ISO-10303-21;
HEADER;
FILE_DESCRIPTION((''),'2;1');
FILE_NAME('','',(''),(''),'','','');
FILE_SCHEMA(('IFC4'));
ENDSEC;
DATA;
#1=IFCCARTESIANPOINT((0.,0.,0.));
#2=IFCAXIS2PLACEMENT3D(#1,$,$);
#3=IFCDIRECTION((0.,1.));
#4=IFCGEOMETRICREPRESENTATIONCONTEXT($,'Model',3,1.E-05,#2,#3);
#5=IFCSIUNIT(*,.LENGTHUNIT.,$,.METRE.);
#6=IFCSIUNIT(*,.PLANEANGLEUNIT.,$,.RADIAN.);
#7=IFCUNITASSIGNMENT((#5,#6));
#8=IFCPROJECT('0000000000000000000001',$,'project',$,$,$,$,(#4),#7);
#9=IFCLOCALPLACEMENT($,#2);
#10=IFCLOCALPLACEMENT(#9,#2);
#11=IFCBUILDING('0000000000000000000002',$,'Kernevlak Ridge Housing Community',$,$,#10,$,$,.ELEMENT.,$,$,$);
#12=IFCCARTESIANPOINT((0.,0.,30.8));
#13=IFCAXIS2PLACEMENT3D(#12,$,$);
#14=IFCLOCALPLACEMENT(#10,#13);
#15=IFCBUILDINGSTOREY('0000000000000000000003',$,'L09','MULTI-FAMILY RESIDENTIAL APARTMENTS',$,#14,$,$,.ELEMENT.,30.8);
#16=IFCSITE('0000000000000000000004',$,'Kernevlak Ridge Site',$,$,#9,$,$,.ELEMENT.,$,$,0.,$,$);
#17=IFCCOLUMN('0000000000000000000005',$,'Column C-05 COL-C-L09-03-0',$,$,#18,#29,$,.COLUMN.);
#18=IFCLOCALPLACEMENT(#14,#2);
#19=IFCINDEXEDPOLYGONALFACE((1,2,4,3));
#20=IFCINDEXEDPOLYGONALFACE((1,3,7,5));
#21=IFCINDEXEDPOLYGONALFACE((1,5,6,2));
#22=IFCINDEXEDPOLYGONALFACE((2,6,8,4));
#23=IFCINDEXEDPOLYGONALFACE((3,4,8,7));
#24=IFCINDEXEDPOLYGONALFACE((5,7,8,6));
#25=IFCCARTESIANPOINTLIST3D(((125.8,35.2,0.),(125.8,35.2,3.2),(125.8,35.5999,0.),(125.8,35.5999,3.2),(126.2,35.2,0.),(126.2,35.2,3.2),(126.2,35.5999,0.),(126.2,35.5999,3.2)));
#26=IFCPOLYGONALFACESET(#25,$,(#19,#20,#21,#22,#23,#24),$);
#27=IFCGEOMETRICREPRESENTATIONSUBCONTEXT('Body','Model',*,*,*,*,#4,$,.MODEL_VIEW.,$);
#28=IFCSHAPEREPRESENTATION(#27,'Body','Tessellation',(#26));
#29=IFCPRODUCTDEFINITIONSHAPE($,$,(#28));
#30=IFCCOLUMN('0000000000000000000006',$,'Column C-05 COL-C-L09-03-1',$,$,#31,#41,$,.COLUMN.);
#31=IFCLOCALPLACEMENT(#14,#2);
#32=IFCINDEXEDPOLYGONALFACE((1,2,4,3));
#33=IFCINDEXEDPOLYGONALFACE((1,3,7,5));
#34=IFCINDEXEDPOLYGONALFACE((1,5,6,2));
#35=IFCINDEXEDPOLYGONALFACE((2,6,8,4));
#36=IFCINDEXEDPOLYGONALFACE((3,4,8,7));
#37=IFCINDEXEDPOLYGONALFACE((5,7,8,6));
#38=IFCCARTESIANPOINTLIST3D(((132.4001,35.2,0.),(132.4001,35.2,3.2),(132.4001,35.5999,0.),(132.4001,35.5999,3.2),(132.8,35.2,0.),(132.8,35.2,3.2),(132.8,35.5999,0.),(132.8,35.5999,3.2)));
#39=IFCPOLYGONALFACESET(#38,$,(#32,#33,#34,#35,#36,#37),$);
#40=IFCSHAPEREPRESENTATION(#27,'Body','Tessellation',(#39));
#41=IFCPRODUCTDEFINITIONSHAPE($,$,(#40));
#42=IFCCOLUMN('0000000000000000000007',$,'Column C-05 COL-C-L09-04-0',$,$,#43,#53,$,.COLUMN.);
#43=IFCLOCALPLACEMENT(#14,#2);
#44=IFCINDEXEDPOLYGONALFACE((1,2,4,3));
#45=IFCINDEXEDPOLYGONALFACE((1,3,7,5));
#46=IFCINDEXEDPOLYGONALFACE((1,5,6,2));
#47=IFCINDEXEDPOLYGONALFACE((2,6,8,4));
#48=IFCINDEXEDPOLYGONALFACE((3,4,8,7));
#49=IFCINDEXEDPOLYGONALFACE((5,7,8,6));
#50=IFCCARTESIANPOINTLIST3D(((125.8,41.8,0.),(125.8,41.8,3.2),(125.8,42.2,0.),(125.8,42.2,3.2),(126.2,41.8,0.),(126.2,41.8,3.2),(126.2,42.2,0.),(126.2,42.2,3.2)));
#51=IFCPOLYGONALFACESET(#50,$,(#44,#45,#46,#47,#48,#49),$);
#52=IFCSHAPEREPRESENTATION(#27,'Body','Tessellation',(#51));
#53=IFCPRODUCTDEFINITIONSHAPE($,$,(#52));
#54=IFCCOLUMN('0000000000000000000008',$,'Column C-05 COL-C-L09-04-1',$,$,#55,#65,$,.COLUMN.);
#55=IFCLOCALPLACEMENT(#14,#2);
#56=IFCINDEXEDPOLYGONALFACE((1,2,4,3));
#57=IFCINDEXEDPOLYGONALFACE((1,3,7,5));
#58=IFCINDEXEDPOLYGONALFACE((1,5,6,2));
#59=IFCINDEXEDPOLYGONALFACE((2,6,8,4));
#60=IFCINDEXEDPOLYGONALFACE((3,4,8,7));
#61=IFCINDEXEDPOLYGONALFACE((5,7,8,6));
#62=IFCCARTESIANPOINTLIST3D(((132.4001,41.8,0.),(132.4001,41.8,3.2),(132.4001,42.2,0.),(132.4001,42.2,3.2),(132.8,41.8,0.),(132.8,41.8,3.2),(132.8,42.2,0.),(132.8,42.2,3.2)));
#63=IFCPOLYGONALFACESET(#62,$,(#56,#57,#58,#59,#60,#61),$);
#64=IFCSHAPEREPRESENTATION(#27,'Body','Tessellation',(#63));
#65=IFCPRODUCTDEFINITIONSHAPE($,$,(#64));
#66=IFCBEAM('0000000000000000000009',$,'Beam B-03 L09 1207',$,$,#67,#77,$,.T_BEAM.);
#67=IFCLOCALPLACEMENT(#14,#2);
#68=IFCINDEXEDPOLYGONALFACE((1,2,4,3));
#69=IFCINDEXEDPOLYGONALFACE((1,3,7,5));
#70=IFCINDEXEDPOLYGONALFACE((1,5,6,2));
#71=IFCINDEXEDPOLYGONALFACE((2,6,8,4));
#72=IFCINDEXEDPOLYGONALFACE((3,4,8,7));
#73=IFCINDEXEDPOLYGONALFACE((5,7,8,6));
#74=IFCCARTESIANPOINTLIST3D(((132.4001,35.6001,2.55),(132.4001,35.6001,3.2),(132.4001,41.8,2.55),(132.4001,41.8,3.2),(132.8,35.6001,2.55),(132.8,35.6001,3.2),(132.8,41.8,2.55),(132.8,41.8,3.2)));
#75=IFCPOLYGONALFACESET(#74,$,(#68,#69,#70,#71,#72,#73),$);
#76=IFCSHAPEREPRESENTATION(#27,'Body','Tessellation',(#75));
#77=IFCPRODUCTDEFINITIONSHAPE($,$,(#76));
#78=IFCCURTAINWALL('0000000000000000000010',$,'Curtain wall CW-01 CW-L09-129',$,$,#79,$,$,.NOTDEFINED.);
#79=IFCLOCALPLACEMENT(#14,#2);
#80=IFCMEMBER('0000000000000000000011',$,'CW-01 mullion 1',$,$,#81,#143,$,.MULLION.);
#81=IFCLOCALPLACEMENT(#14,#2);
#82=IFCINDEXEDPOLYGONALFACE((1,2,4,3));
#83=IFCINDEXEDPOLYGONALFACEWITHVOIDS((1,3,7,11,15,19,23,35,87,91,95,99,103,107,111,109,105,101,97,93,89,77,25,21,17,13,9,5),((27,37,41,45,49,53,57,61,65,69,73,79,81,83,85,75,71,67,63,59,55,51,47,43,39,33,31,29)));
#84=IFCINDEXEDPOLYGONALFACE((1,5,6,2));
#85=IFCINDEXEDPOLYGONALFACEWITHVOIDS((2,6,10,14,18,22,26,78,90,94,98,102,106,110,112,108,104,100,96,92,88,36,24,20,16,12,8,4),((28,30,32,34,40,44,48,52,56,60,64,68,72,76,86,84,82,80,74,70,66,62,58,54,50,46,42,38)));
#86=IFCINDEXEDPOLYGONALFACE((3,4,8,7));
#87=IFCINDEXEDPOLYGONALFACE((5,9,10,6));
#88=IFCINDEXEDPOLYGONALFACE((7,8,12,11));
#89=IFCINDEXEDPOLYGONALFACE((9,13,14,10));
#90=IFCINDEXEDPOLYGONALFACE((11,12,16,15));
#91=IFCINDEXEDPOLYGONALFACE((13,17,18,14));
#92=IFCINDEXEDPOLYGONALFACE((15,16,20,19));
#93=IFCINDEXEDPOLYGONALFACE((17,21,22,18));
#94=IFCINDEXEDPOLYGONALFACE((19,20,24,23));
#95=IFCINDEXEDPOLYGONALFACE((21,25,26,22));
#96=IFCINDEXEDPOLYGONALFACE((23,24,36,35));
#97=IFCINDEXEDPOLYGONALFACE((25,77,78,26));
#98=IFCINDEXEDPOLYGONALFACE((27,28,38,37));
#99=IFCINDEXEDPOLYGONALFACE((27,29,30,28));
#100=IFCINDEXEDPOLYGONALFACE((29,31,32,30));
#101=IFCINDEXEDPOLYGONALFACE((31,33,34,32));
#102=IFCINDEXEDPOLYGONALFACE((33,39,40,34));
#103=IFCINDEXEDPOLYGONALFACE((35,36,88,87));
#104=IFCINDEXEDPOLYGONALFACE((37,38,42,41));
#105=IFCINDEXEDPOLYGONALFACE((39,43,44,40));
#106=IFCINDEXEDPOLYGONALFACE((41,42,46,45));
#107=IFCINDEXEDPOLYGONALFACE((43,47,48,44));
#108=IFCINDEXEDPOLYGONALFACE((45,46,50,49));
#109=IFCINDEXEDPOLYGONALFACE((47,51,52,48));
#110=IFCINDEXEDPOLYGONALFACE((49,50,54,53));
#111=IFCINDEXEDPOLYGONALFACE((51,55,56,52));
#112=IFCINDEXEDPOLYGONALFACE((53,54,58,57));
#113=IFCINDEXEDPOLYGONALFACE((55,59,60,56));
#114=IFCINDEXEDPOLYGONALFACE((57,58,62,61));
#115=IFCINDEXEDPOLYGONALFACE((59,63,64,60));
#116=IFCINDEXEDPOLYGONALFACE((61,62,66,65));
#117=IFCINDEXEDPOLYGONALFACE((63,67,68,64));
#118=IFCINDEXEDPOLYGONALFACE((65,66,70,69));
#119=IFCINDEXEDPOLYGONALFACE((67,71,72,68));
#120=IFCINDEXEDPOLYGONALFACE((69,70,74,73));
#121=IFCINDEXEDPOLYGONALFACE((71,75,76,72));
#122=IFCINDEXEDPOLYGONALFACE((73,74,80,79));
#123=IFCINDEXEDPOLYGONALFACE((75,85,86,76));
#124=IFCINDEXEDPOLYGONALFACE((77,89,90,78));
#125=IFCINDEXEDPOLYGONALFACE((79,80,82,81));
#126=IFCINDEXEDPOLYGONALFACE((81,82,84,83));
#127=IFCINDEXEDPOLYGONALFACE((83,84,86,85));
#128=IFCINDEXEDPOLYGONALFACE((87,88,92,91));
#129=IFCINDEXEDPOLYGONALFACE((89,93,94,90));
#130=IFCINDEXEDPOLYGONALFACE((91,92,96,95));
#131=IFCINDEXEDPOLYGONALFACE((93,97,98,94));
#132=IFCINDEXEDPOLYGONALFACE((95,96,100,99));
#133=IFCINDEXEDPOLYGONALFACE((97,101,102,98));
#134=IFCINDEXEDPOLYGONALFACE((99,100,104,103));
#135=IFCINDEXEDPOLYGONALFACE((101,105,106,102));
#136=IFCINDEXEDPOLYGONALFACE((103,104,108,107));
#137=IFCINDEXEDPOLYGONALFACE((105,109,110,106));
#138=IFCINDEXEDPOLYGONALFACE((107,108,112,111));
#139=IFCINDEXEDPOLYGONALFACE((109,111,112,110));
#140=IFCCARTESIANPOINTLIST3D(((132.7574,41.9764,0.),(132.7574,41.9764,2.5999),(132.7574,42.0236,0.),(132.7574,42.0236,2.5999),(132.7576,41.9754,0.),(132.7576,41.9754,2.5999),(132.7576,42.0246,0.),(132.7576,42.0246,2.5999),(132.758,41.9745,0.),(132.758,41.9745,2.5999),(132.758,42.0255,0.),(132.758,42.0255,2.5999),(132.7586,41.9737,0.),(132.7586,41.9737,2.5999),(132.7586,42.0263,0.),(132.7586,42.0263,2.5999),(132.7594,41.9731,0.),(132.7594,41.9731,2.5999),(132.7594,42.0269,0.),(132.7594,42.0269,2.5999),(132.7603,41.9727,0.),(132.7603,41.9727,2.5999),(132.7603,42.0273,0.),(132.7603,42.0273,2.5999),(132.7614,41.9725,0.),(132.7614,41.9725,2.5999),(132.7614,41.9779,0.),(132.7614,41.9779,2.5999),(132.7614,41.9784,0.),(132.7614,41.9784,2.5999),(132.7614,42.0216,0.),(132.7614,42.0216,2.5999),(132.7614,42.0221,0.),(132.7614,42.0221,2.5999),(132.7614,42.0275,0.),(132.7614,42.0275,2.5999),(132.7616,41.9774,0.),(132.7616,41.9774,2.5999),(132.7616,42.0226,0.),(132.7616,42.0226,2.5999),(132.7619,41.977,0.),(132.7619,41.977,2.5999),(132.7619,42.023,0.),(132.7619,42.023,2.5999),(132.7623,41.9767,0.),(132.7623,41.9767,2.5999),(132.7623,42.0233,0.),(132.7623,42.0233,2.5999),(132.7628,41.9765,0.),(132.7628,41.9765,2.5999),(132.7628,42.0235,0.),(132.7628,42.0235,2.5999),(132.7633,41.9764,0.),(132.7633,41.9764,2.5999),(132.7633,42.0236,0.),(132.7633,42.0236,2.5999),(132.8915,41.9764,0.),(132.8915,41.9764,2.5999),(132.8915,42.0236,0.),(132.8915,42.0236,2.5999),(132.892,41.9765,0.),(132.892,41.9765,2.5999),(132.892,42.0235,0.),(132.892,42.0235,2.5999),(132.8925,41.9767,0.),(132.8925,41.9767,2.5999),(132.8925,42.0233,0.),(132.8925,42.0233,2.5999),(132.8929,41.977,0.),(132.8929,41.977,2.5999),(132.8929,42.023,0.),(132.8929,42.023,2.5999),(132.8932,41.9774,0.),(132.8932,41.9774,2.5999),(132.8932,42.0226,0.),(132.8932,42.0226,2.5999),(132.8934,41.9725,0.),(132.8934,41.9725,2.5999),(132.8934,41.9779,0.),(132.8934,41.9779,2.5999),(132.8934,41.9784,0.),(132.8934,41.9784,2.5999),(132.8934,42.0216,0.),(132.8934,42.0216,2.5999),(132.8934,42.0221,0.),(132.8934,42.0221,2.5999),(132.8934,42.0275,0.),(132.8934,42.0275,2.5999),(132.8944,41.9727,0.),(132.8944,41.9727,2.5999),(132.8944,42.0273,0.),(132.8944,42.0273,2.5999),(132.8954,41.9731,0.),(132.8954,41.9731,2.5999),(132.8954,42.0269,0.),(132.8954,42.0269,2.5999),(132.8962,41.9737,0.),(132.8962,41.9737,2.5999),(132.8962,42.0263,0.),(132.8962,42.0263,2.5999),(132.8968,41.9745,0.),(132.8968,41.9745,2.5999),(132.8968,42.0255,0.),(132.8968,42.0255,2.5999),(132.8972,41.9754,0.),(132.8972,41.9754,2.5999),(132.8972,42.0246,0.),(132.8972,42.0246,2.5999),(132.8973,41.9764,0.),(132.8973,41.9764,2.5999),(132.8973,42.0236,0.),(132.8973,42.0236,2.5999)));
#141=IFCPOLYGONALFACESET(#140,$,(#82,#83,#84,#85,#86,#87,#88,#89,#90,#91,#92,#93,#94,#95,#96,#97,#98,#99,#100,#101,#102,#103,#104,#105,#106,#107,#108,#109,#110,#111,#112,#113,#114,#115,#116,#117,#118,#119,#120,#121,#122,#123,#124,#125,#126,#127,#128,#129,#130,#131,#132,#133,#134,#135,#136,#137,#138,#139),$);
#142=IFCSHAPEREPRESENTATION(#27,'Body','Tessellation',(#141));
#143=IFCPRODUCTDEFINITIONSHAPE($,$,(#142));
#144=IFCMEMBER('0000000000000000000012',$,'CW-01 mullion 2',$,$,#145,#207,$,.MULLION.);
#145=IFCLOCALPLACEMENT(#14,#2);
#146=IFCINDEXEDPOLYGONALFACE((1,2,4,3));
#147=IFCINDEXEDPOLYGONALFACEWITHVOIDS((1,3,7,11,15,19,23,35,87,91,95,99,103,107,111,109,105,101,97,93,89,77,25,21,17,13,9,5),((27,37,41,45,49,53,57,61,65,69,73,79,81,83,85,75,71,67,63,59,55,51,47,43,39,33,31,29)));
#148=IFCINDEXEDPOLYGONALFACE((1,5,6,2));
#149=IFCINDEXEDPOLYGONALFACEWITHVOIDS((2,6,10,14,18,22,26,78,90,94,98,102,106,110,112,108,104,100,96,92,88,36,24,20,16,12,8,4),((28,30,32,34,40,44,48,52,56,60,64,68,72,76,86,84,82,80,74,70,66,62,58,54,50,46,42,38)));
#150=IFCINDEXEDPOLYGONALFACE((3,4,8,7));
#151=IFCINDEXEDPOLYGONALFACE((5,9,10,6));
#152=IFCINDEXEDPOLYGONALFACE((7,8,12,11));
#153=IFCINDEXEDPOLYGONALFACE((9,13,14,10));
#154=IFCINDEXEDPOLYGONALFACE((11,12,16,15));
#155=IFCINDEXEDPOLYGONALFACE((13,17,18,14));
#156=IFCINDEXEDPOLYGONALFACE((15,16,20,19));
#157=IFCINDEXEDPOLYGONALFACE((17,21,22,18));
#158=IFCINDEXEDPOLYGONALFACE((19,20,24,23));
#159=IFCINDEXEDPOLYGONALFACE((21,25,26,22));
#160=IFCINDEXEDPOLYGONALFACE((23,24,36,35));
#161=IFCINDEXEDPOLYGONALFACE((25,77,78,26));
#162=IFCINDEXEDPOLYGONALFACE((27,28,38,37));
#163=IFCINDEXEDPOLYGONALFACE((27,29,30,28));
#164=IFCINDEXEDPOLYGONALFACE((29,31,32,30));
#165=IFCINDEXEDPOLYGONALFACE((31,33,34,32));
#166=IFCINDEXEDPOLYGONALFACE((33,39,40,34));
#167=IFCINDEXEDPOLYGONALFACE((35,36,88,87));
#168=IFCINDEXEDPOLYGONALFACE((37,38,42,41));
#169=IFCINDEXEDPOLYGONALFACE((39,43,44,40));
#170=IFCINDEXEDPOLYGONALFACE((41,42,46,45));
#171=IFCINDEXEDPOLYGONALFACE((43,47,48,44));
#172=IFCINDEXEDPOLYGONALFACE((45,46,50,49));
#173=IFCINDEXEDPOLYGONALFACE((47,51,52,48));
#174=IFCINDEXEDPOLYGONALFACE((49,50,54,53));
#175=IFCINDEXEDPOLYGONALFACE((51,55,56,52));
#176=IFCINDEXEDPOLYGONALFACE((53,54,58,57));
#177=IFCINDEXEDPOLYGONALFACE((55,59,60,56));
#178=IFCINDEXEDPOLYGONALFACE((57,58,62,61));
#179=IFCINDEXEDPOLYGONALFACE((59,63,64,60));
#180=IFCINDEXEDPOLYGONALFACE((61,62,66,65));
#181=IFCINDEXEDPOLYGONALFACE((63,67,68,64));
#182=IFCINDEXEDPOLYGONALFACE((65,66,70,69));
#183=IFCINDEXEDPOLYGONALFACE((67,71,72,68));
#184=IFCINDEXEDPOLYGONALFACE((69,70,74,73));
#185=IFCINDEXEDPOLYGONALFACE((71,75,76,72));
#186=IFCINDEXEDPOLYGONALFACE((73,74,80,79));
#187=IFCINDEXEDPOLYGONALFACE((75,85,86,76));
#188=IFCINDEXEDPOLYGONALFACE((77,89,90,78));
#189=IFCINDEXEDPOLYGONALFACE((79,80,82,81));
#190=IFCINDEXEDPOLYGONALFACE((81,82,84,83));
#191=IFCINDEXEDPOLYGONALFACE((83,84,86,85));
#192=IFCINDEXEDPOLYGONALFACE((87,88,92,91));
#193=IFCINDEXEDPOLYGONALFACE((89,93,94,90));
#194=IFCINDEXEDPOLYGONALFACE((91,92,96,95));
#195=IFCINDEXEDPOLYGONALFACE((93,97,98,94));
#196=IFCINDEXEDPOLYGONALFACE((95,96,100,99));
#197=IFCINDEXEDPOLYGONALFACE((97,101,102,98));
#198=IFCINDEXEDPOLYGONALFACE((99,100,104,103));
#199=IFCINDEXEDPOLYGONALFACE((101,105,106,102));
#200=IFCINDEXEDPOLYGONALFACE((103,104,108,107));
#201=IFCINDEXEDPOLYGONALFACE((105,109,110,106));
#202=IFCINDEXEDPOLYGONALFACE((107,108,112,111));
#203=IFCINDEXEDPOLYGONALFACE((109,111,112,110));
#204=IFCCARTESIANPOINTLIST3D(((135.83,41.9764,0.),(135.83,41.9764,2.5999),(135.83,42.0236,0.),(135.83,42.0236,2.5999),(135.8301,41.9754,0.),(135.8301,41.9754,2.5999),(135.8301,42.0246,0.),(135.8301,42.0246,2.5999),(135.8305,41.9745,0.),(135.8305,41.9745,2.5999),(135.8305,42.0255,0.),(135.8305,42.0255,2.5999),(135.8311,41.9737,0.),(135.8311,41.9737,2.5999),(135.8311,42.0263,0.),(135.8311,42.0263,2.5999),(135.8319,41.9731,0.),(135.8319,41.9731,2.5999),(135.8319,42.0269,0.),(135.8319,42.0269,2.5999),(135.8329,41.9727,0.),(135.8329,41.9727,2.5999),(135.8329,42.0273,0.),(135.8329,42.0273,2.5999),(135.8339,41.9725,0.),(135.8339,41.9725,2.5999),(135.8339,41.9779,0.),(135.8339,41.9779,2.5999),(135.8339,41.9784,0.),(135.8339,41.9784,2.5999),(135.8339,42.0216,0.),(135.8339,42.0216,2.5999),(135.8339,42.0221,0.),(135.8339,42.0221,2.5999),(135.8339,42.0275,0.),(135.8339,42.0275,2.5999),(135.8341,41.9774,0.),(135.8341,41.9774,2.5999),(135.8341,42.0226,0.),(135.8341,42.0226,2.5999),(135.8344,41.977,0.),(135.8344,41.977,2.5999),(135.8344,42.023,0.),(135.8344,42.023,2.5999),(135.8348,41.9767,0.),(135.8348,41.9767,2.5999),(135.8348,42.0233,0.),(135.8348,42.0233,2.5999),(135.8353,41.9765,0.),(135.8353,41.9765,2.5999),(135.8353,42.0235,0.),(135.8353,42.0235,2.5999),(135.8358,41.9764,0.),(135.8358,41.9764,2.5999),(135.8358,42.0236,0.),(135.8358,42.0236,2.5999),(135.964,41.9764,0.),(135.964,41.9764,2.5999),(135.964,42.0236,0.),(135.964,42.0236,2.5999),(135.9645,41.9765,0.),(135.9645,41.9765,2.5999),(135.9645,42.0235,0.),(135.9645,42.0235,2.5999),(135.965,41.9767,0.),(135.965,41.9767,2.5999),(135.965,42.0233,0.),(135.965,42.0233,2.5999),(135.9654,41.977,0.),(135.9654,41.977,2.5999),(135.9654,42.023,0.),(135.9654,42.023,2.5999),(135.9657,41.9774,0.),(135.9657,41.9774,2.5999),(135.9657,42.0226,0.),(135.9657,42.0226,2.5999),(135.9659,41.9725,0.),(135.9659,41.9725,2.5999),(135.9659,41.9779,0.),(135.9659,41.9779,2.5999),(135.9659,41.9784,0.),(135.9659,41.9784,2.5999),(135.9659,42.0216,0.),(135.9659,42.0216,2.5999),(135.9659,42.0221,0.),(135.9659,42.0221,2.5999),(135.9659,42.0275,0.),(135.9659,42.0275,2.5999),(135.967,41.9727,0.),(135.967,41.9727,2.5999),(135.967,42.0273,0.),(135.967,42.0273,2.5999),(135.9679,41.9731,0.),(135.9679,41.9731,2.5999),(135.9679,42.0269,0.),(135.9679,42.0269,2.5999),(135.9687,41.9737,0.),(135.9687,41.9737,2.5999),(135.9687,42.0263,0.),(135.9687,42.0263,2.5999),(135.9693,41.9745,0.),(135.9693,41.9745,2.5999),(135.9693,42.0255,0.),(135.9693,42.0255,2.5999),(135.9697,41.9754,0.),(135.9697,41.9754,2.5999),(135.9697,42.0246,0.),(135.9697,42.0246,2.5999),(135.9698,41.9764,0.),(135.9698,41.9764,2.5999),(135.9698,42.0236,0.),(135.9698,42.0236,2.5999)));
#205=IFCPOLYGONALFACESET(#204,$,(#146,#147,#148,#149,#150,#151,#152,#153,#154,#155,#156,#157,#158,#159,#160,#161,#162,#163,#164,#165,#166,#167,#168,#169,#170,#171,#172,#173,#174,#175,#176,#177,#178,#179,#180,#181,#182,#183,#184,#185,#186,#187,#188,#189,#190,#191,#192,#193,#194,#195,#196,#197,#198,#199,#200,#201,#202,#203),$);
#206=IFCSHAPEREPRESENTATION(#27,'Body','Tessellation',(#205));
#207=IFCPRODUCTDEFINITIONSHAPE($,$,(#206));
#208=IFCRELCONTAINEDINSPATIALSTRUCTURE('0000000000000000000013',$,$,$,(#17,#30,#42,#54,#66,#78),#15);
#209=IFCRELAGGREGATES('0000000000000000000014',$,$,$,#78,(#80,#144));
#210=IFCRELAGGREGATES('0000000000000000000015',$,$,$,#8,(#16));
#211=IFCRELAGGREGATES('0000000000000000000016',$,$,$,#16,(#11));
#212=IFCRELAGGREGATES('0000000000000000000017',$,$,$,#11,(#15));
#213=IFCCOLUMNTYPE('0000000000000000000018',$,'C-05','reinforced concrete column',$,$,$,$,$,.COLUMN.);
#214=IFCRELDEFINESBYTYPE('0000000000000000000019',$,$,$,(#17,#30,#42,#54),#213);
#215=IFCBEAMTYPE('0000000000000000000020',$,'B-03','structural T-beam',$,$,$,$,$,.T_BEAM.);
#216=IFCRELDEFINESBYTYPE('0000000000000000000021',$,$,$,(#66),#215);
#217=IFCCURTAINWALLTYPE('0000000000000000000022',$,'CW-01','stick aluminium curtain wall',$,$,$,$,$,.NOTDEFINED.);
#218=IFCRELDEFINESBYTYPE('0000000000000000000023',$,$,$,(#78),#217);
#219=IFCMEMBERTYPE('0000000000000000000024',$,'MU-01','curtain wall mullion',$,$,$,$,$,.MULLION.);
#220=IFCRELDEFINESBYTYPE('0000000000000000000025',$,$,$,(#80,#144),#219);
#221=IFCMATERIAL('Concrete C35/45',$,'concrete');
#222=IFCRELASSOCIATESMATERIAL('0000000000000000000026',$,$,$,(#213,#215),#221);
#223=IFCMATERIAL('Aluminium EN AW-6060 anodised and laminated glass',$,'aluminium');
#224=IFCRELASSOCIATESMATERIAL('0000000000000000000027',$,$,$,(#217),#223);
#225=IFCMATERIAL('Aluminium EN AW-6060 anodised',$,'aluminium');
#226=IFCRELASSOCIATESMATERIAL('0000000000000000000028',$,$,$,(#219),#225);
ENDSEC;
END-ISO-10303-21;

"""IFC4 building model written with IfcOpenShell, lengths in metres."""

from ifc_helpers import new_model, si_unit, direction, frame, origin, origin_2d, place, context, subcontext, project, spatial, rectangle, hollow_rectangle, extrude, material, material_profile, profile_set, type_object, element, aggregate, save


model = new_model("IFC4")

# Units and contexts
model_context = context("Model", 3, precision=1e-05, world=origin(), true_north=direction((0.0, 1.0)))
body_context = subcontext(model_context, "Body", "Model", "MODEL_VIEW")
ifc_project = project(units=[si_unit("LENGTHUNIT", "METRE"), si_unit("PLANEANGLEUNIT", "RADIAN")], contexts=[model_context])

# Site, building, storey
site_placement = place(None, origin())
site = spatial("IfcSite", under=ifc_project, at=site_placement, Name="Kernevlak Ridge Site", CompositionType="ELEMENT", RefElevation=0.0)
building_placement = place(site_placement, origin())
building = spatial("IfcBuilding", under=site, at=building_placement, Name="Kernevlak Ridge Housing Community", CompositionType="ELEMENT")
storey_placement = place(building_placement, frame((0.0, 0.0, 30.8)))
storey = spatial("IfcBuildingStorey", under=building, at=storey_placement, Name="L09", Description="MULTI-FAMILY RESIDENTIAL APARTMENTS", CompositionType="ELEMENT", Elevation=30.8)

# Columns
ifc_material_1 = material(Name="Concrete C35/45", Category="concrete")
ifc_material_profile_1 = material_profile(ifc_material_1, rectangle(XDim=0.3999, YDim=0.3999, at=origin_2d()), Name="RC 400x400")
ifc_profile_set_1 = profile_set([ifc_material_profile_1], Name="Concrete C35/45")
column_type = type_object("IfcColumnType", Name="C-05", Description="reinforced concrete column", PredefinedType="COLUMN", material=ifc_profile_set_1)
for number, where, z_axis, x_axis, name in (
    (1, (126.0, 35.3999, 0.0), (0.0, 0.0, 1.0), (1.0, 0.0, 0.0), "Column C-05 COL-C-L09-03-0"),
    (2, (132.6001, 35.3999, 0.0), (0.0, 0.0, 1.0), (1.0, 0.0, 0.0), "Column C-05 COL-C-L09-03-1"),
    (3, (126.0, 42.0, 0.0), (0.0, 0.0, 1.0), (1.0, 0.0, 0.0), "Column C-05 COL-C-L09-04-0"),
    (4, (132.6001, 42.0, 0.0), (0.0, 0.0, 1.0), (1.0, 0.0, 0.0), "Column C-05 COL-C-L09-04-1"),
):
    element("IfcColumn", number, at=place(storey_placement, frame(where, z_axis=z_axis, x_axis=x_axis)), inside=storey, type_object=column_type, Name=name, PredefinedType="COLUMN", context=body_context, shape_type="SweptSolid", body=[
        extrude(rectangle(XDim=0.3999, YDim=0.3999, at=origin_2d()), origin(), (0.0, 0.0, 1.0), 3.2),
    ])

# Beam
ifc_material_profile_2 = material_profile(ifc_material_1, rectangle(XDim=0.3999, YDim=0.6499, at=origin_2d()), Name="RC 400x650")
ifc_profile_set_2 = profile_set([ifc_material_profile_2], Name="Concrete C35/45")
beam_type_1 = type_object("IfcBeamType", Name="B-03", Description="structural T-beam", PredefinedType="T_BEAM", material=ifc_profile_set_2)
beam_1_placement = place(storey_placement, frame((132.6001, 35.6001, 2.875), z_axis=(0.0, 1.0, 0.0), x_axis=(-1.0, 0.0, 0.0)))
element("IfcBeam", 5, at=beam_1_placement, inside=storey, type_object=beam_type_1, Name="Beam B-03 L09 1207", PredefinedType="T_BEAM", context=body_context, shape_type="SweptSolid", body=[
    extrude(rectangle(XDim=0.3999, YDim=0.6499, at=origin_2d()), origin(), (0.0, 0.0, 1.0), 6.2),
])

# Curtain wall, members
ifc_material_2 = material(Name="Aluminium EN AW-6060 anodised and laminated glass", Category="aluminium")
curtain_wall_type = type_object("IfcCurtainWallType", Name="CW-01", Description="stick aluminium curtain wall", PredefinedType="NOTDEFINED", material=ifc_material_2)
curtain_wall_placement = place(storey_placement, origin())
curtain_wall = element("IfcCurtainWall", 6, at=curtain_wall_placement, inside=storey, type_object=curtain_wall_type, Name="Curtain wall CW-01 CW-L09-129", PredefinedType="NOTDEFINED")
ifc_material_3 = material(Name="Aluminium EN AW-6060 anodised", Category="aluminium")
ifc_material_profile_3 = material_profile(ifc_material_3, hollow_rectangle(XDim=0.0549, YDim=0.1399, WallThickness=0.0039, InnerFilletRadius=0.002, OuterFilletRadius=0.0039, at=origin_2d()), Name="ALU 55x140x4")
ifc_profile_set_3 = profile_set([ifc_material_profile_3], Name="Aluminium EN AW-6060 anodised")
member_type_1 = type_object("IfcMemberType", Name="MU-01", Description="curtain wall mullion", PredefinedType="MULLION", material=ifc_profile_set_3)
member_1_placement = place(storey_placement, frame((132.8274, 42.0, 0.0), z_axis=(0.0, 0.0, 1.0), x_axis=(0.0, 1.0, 0.0)))
member_1 = element("IfcMember", 7, at=member_1_placement, type_object=member_type_1, Name="CW-01 mullion 1", PredefinedType="MULLION", context=body_context, shape_type="SweptSolid", body=[
    extrude(hollow_rectangle(XDim=0.0549, YDim=0.1399, WallThickness=0.0039, InnerFilletRadius=0.002, OuterFilletRadius=0.0039, at=origin_2d()), origin(), (0.0, 0.0, 1.0), 2.5999),
])
member_2_placement = place(storey_placement, frame((135.8999, 42.0, 0.0), z_axis=(0.0, 0.0, 1.0), x_axis=(0.0, 1.0, 0.0)))
member_2 = element("IfcMember", 8, at=member_2_placement, type_object=member_type_1, Name="CW-01 mullion 2", PredefinedType="MULLION", context=body_context, shape_type="SweptSolid", body=[
    extrude(hollow_rectangle(XDim=0.0549, YDim=0.1399, WallThickness=0.0039, InnerFilletRadius=0.002, OuterFilletRadius=0.0039, at=origin_2d()), origin(), (0.0, 0.0, 1.0), 2.5999),
])

aggregate(curtain_wall, [member_1, member_2])

save(model, "model.ifc")
